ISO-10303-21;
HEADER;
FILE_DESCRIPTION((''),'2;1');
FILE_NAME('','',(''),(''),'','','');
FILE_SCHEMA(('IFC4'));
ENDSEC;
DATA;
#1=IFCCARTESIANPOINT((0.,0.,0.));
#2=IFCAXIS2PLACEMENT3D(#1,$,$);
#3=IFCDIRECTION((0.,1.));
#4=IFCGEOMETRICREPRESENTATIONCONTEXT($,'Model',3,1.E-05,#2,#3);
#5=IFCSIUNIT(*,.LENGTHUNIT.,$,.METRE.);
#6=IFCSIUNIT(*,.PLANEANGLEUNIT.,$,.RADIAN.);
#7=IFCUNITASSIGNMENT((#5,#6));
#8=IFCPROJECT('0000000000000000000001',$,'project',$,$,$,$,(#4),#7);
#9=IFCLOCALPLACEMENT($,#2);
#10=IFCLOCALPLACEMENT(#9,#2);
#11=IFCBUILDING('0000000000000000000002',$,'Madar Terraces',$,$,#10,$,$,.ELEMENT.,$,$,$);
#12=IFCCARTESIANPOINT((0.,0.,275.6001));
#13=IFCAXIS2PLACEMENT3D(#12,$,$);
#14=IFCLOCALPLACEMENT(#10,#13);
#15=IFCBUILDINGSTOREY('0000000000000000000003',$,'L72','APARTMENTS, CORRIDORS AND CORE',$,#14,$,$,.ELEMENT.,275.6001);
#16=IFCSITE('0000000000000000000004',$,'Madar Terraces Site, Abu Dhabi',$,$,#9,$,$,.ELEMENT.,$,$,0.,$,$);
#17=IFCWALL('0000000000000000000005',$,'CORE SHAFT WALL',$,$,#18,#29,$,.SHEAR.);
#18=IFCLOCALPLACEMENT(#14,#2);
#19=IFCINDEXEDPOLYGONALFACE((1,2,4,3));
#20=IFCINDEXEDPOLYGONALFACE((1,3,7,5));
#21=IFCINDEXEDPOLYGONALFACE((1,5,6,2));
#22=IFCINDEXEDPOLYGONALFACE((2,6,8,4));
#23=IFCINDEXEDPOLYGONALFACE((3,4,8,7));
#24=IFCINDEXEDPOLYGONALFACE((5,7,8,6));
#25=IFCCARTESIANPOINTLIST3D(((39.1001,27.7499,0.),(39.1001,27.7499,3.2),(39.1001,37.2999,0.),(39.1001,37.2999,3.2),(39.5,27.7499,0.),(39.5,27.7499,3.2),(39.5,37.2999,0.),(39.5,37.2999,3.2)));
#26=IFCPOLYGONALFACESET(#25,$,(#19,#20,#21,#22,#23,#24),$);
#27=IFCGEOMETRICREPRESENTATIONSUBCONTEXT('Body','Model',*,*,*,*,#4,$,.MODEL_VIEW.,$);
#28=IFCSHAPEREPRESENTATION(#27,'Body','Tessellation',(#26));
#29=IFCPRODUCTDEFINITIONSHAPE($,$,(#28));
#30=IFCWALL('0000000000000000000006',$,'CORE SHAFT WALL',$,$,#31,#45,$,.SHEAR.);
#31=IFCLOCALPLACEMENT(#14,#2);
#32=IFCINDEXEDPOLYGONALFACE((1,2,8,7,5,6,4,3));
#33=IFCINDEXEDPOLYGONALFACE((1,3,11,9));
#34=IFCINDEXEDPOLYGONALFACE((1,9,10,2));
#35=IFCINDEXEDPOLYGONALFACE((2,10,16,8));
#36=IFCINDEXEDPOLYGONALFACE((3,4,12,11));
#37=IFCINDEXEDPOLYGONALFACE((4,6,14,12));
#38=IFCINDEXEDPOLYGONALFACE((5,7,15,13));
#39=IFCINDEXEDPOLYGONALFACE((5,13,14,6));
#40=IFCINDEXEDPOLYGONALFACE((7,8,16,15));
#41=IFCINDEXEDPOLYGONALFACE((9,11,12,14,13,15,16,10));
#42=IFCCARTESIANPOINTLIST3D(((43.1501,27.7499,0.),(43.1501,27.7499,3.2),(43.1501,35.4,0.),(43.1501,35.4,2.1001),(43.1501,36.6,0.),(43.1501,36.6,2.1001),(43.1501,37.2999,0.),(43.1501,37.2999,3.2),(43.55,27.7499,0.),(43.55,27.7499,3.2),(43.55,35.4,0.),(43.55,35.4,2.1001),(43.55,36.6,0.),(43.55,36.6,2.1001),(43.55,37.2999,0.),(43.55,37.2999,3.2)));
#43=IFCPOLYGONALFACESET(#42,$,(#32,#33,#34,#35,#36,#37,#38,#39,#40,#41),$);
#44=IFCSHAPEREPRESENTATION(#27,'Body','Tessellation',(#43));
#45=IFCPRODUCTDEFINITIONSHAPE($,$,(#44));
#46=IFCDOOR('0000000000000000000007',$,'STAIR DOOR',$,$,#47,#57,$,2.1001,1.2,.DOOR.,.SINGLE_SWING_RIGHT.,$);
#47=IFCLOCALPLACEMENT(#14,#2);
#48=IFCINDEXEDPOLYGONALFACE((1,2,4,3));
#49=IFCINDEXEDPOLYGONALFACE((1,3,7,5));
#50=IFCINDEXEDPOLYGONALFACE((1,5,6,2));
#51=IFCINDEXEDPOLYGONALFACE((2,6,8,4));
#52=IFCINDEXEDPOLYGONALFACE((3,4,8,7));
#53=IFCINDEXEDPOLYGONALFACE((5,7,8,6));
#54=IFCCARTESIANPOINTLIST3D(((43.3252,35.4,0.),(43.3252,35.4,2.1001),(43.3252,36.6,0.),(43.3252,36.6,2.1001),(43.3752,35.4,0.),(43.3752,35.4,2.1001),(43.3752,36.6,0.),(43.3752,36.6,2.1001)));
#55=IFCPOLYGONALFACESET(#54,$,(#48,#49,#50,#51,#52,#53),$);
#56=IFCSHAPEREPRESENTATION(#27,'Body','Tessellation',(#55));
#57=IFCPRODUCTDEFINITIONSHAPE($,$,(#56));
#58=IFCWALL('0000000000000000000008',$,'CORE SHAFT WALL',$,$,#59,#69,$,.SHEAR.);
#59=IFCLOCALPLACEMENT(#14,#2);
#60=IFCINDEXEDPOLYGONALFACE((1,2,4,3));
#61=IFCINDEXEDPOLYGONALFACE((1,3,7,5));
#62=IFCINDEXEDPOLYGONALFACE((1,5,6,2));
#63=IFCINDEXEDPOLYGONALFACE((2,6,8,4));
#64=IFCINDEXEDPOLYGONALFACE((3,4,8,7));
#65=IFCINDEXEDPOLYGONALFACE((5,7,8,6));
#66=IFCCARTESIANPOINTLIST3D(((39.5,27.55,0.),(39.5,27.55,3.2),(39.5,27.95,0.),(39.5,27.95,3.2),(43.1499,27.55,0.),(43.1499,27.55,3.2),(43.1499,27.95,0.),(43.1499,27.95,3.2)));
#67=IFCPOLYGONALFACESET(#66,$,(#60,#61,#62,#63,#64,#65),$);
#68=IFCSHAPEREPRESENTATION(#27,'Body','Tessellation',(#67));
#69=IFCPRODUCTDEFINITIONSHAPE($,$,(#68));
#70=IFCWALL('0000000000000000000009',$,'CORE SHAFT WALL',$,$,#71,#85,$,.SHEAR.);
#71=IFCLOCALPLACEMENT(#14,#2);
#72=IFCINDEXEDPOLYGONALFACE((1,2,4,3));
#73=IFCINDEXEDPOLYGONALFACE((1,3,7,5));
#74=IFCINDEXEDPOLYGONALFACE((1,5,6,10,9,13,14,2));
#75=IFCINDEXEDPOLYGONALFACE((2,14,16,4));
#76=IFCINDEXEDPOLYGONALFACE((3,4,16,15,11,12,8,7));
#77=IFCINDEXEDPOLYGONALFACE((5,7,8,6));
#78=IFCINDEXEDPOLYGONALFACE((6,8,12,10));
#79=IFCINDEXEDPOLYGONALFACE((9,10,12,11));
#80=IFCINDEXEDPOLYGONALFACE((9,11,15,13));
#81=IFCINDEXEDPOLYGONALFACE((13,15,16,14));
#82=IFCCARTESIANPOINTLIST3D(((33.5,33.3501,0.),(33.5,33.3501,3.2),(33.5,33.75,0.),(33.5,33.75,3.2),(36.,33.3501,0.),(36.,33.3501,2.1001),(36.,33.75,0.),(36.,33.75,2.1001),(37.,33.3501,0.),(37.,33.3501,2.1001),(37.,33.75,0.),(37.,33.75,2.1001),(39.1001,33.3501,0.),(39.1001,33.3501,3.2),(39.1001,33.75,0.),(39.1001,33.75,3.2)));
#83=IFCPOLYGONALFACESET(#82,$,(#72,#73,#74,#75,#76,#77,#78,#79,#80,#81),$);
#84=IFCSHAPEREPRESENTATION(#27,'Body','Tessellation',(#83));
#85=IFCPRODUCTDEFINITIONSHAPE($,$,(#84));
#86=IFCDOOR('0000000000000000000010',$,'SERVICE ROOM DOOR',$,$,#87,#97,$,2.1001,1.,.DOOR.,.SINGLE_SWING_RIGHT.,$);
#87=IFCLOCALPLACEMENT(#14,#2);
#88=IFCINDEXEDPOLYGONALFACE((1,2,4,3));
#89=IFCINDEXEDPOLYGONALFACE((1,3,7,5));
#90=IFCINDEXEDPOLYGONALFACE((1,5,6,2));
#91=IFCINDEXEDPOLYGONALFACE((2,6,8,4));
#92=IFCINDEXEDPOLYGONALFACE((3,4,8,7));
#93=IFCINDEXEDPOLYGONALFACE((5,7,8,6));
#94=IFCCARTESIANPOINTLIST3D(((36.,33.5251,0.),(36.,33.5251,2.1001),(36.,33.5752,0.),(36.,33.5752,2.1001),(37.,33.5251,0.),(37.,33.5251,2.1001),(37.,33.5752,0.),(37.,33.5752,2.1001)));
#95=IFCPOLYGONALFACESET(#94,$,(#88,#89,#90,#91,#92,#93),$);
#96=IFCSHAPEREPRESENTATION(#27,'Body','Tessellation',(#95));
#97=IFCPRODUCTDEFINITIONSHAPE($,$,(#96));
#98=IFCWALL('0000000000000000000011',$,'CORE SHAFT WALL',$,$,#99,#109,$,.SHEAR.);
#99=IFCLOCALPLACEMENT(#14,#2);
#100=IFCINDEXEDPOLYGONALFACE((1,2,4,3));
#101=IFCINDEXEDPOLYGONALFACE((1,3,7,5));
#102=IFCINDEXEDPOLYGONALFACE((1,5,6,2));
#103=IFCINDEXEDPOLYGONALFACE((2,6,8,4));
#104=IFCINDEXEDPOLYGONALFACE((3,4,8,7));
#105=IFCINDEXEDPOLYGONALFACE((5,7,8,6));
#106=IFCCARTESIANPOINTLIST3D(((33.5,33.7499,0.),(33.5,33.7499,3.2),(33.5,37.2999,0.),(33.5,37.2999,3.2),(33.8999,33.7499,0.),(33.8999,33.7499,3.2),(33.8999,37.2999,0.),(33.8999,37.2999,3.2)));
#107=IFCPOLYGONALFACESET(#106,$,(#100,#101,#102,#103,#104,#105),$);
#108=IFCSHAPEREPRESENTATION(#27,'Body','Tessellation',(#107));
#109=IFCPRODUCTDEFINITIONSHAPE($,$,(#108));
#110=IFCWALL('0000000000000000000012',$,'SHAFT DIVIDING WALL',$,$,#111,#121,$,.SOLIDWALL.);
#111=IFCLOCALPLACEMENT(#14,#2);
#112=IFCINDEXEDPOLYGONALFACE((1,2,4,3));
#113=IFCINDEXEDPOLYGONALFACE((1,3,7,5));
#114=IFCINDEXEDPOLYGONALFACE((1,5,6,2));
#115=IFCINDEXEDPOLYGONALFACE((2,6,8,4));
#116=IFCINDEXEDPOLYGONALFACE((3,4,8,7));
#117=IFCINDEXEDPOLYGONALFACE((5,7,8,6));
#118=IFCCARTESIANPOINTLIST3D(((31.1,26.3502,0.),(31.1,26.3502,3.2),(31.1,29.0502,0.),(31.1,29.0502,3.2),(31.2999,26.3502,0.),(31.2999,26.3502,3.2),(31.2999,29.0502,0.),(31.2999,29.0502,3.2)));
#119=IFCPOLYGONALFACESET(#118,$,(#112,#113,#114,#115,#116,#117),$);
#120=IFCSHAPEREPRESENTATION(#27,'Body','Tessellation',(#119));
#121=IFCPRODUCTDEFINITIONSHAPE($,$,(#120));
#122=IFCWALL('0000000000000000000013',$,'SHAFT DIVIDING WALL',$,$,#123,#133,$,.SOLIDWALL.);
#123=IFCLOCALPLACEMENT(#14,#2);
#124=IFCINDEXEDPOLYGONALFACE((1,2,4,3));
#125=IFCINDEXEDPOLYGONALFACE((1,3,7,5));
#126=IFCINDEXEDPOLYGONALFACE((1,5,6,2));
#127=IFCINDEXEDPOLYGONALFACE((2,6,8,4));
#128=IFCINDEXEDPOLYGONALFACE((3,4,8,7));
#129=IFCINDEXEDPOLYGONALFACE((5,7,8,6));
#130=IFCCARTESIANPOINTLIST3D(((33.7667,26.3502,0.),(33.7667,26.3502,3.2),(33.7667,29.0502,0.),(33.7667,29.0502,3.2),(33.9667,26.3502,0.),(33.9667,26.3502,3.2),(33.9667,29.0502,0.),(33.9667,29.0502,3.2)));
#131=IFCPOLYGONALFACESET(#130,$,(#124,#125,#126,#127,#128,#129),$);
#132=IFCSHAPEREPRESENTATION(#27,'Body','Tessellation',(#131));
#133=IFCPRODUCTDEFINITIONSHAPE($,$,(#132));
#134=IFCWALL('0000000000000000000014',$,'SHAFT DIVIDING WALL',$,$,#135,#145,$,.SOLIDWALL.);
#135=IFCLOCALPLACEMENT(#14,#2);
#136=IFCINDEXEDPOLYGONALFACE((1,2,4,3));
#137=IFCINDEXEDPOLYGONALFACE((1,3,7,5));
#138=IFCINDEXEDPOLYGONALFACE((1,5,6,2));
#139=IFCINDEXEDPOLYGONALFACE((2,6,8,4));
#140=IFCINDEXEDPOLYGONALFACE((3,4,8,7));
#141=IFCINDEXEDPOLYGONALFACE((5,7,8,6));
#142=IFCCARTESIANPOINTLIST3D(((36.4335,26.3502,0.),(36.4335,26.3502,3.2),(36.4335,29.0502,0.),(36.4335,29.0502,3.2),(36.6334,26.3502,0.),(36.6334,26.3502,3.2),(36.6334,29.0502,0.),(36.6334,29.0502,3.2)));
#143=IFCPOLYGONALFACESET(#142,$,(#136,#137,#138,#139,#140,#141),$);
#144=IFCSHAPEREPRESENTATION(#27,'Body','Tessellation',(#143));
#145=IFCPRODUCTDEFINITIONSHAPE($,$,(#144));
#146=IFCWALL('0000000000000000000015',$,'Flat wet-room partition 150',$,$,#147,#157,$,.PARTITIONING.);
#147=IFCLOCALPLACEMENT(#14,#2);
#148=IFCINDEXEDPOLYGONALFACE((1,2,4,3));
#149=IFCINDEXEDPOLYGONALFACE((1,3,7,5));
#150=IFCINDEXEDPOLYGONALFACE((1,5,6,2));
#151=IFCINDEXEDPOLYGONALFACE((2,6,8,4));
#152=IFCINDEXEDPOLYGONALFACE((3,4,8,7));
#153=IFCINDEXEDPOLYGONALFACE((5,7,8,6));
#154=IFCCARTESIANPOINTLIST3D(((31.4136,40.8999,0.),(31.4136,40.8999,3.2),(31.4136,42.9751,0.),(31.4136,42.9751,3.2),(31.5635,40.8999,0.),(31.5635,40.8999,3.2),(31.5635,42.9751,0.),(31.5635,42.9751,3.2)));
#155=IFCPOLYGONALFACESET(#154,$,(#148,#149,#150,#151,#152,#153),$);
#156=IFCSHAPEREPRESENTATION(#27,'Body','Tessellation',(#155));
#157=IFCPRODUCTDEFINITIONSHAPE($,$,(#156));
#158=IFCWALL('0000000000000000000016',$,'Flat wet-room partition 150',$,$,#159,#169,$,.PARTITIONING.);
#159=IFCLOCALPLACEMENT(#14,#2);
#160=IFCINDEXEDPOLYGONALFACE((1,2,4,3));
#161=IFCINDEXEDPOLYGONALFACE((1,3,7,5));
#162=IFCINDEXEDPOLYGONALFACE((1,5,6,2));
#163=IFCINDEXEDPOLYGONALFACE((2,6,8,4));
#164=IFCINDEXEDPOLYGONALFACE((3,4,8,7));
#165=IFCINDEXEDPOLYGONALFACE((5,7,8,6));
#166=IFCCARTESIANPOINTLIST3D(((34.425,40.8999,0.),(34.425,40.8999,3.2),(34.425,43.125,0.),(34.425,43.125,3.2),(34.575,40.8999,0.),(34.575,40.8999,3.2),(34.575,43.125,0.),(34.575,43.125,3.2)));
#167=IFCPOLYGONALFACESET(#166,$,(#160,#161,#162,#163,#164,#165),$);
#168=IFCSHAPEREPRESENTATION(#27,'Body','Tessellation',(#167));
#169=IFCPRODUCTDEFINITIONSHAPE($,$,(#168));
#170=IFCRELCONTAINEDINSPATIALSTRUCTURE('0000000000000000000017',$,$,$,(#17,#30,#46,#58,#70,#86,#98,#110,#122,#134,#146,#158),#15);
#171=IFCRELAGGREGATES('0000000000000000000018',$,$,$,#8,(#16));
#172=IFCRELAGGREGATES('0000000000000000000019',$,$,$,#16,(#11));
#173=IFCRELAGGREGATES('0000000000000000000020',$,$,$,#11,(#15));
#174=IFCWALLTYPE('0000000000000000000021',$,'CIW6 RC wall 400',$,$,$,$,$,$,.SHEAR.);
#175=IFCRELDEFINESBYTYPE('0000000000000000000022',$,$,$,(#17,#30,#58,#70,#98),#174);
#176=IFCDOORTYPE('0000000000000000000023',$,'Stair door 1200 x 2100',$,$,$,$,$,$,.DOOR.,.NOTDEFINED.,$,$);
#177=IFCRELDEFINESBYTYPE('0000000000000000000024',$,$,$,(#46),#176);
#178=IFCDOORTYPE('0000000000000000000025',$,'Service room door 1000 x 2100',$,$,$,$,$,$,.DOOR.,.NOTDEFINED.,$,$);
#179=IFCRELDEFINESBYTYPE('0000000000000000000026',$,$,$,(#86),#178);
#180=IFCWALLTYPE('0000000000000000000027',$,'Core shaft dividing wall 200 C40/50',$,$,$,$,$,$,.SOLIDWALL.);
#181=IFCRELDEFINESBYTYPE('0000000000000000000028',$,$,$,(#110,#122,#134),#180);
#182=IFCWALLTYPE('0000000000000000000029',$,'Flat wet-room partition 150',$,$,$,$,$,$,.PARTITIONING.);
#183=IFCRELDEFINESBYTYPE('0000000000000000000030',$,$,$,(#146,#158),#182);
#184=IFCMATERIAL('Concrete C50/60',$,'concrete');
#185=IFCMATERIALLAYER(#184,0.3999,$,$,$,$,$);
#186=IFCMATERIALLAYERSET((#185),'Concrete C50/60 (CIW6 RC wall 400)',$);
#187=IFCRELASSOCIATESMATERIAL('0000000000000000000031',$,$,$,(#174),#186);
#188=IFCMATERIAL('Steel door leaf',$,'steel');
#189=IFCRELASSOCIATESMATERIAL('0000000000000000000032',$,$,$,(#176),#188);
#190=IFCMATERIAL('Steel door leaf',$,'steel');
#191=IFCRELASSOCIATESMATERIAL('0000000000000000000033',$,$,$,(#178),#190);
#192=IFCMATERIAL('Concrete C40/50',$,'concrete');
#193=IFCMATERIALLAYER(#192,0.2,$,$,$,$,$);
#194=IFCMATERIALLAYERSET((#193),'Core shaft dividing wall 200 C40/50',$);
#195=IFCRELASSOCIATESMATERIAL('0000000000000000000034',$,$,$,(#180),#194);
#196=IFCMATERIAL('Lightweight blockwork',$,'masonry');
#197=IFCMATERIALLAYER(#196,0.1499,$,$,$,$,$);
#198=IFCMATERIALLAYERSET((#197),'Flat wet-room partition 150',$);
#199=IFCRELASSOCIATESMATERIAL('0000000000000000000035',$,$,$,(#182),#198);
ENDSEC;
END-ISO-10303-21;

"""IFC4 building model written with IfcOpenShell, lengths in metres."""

from ifc_helpers import new_model, si_unit, direction, frame, frame_2d, origin, place, context, subcontext, project, spatial, rectangle, extrude, material, layer, layer_set, type_object, element, fill, save


model = new_model("IFC4")

# Units and contexts
model_context = context("Model", 3, precision=1e-05, world=origin(), true_north=direction((0.0, 1.0)))
body_context = subcontext(model_context, "Body", "Model", "MODEL_VIEW")
ifc_project = project(units=[si_unit("LENGTHUNIT", "METRE"), si_unit("PLANEANGLEUNIT", "RADIAN")], contexts=[model_context])

# Site, building, storey
site_placement = place(None, origin())
site = spatial("IfcSite", under=ifc_project, at=site_placement, Name="Madar Terraces Site, Abu Dhabi", CompositionType="ELEMENT", RefElevation=0.0)
building_placement = place(site_placement, origin())
building = spatial("IfcBuilding", under=site, at=building_placement, Name="Madar Terraces", CompositionType="ELEMENT")
storey_placement = place(building_placement, frame((0.0, 0.0, 275.6001)))
storey = spatial("IfcBuildingStorey", under=building, at=storey_placement, Name="L72", Description="APARTMENTS, CORRIDORS AND CORE", CompositionType="ELEMENT", Elevation=275.6001)

# Wall
ifc_material_1 = material(Name="Concrete C50/60", Category="concrete")
ifc_layer_1 = layer(ifc_material_1, 0.3999)
ifc_layer_set_1 = layer_set([ifc_layer_1], Name="Concrete C50/60 (CIW6 RC wall 400)")
wall_type_1 = type_object("IfcWallType", Name="CIW6 RC wall 400", PredefinedType="SHEAR", material=ifc_layer_set_1)
wall_1_placement = place(storey_placement, frame((39.3, 27.75, 0.0), z_axis=(0.0, 0.0, 1.0), x_axis=(0.0, 1.0, 0.0)))
element("IfcWall", 1, at=wall_1_placement, inside=storey, type_object=wall_type_1, Name="CORE SHAFT WALL", PredefinedType="SHEAR", context=body_context, shape_type="SweptSolid", body=[
    extrude(rectangle(XDim=9.55, YDim=0.3999, at=frame_2d((4.7749, 0.0))), origin(), (0.0, 0.0, 1.0), 3.2),
])

# Wall, opening, door
wall_2_placement = place(storey_placement, frame((43.3501, 27.75, 0.0), z_axis=(0.0, 0.0, 1.0), x_axis=(0.0, 1.0, 0.0)))
wall_2 = element("IfcWall", 2, at=wall_2_placement, inside=storey, type_object=wall_type_1, Name="CORE SHAFT WALL", PredefinedType="SHEAR", context=body_context, shape_type="SweptSolid", body=[
    extrude(rectangle(XDim=9.55, YDim=0.3999, at=frame_2d((4.7749, 0.0))), origin(), (0.0, 0.0, 1.0), 3.2),
])
opening_1_placement = place(wall_2_placement, frame((7.6499, 0.0, 0.0)))
opening_1 = element("IfcOpeningElement", 3, at=opening_1_placement, cuts=wall_2, PredefinedType="OPENING", context=body_context, shape_type="SweptSolid", body=[
    extrude(rectangle(XDim=1.2, YDim=2.1001, at=frame_2d((0.6001, 1.05))), frame((0.0, 0.21, 0.0), z_axis=(0.0, -1.0, 0.0), x_axis=(1.0, 0.0, 0.0)), (0.0, 0.0, 1.0), 0.4199),
])
ifc_material_2 = material(Name="Steel door leaf", Category="steel")
door_type_1 = type_object("IfcDoorType", Name="Stair door 1200 x 2100", OperationType="NOTDEFINED", PredefinedType="DOOR", material=ifc_material_2)
door_1_placement = place(opening_1_placement, origin())
door_1 = element("IfcDoor", 4, at=door_1_placement, inside=storey, type_object=door_type_1, Name="STAIR DOOR", OperationType="SINGLE_SWING_RIGHT", OverallHeight=2.1001, OverallWidth=1.2, PredefinedType="DOOR", context=body_context, shape_type="SweptSolid", body=[
    extrude(rectangle(XDim=1.2, YDim=2.1001, at=frame_2d((0.6001, 1.05))), frame((0.0, 0.0249, 0.0), z_axis=(0.0, -1.0, 0.0), x_axis=(1.0, 0.0, 0.0)), (0.0, 0.0, 1.0), 0.05),
])
fill(opening_1, door_1)

# Wall
wall_3_placement = place(storey_placement, frame((39.5, 27.75, 0.0), z_axis=(0.0, 0.0, 1.0), x_axis=(1.0, 0.0, 0.0)))
element("IfcWall", 5, at=wall_3_placement, inside=storey, type_object=wall_type_1, Name="CORE SHAFT WALL", PredefinedType="SHEAR", context=body_context, shape_type="SweptSolid", body=[
    extrude(rectangle(XDim=3.6499, YDim=0.3999, at=frame_2d((1.825, 0.0))), origin(), (0.0, 0.0, 1.0), 3.2),
])

# Wall, opening, door
wall_4_placement = place(storey_placement, frame((33.5, 33.55, 0.0), z_axis=(0.0, 0.0, 1.0), x_axis=(1.0, 0.0, 0.0)))
wall_4 = element("IfcWall", 6, at=wall_4_placement, inside=storey, type_object=wall_type_1, Name="CORE SHAFT WALL", PredefinedType="SHEAR", context=body_context, shape_type="SweptSolid", body=[
    extrude(rectangle(XDim=5.6001, YDim=0.3999, at=frame_2d((2.8, 0.0))), origin(), (0.0, 0.0, 1.0), 3.2),
])
opening_2_placement = place(wall_4_placement, frame((2.5, 0.0, 0.0)))
opening_2 = element("IfcOpeningElement", 7, at=opening_2_placement, cuts=wall_4, PredefinedType="OPENING", context=body_context, shape_type="SweptSolid", body=[
    extrude(rectangle(XDim=1.0, YDim=2.1001, at=frame_2d((0.5, 1.05))), frame((0.0, 0.21, 0.0), z_axis=(0.0, -1.0, 0.0), x_axis=(1.0, 0.0, 0.0)), (0.0, 0.0, 1.0), 0.4199),
])
ifc_material_3 = material(Name="Steel door leaf", Category="steel")
door_type_2 = type_object("IfcDoorType", Name="Service room door 1000 x 2100", OperationType="NOTDEFINED", PredefinedType="DOOR", material=ifc_material_3)
door_2_placement = place(opening_2_placement, frame((1.0, 0.0, 0.0), z_axis=(0.0, 0.0, 1.0), x_axis=(-1.0, 0.0, 0.0)))
door_2 = element("IfcDoor", 8, at=door_2_placement, inside=storey, type_object=door_type_2, Name="SERVICE ROOM DOOR", OperationType="SINGLE_SWING_RIGHT", OverallHeight=2.1001, OverallWidth=1.0, PredefinedType="DOOR", context=body_context, shape_type="SweptSolid", body=[
    extrude(rectangle(XDim=1.0, YDim=2.1001, at=frame_2d((0.5, 1.05))), frame((0.0, 0.0249, 0.0), z_axis=(0.0, -1.0, 0.0), x_axis=(1.0, 0.0, 0.0)), (0.0, 0.0, 1.0), 0.05),
])
fill(opening_2, door_2)

# Walls
wall_5_placement = place(storey_placement, frame((33.7, 33.75, 0.0), z_axis=(0.0, 0.0, 1.0), x_axis=(0.0, 1.0, 0.0)))
element("IfcWall", 9, at=wall_5_placement, inside=storey, type_object=wall_type_1, Name="CORE SHAFT WALL", PredefinedType="SHEAR", context=body_context, shape_type="SweptSolid", body=[
    extrude(rectangle(XDim=3.55, YDim=0.3999, at=frame_2d((1.7749, 0.0))), origin(), (0.0, 0.0, 1.0), 3.2),
])
ifc_material_4 = material(Name="Concrete C40/50", Category="concrete")
ifc_layer_2 = layer(ifc_material_4, 0.2)
ifc_layer_set_2 = layer_set([ifc_layer_2], Name="Core shaft dividing wall 200 C40/50")
wall_type_2 = type_object("IfcWallType", Name="Core shaft dividing wall 200 C40/50", PredefinedType="SOLIDWALL", material=ifc_layer_set_2)
for number, where, z_axis, x_axis, name in (
    (10, (31.2, 26.3501, 0.0), (0.0, 0.0, 1.0), (0.0, 1.0, 0.0), "SHAFT DIVIDING WALL"),
    (11, (33.8667, 26.3501, 0.0), (0.0, 0.0, 1.0), (0.0, 1.0, 0.0), "SHAFT DIVIDING WALL"),
    (12, (36.5334, 26.3501, 0.0), (0.0, 0.0, 1.0), (0.0, 1.0, 0.0), "SHAFT DIVIDING WALL"),
):
    element("IfcWall", number, at=place(storey_placement, frame(where, z_axis=z_axis, x_axis=x_axis)), inside=storey, type_object=wall_type_2, Name=name, PredefinedType="SOLIDWALL", context=body_context, shape_type="SweptSolid", body=[
        extrude(rectangle(XDim=2.7, YDim=0.2, at=frame_2d((1.3501, 0.0))), origin(), (0.0, 0.0, 1.0), 3.2),
    ])
ifc_material_5 = material(Name="Lightweight blockwork", Category="masonry")
ifc_layer_3 = layer(ifc_material_5, 0.1499)
ifc_layer_set_3 = layer_set([ifc_layer_3], Name="Flat wet-room partition 150")
wall_type_3 = type_object("IfcWallType", Name="Flat wet-room partition 150", PredefinedType="PARTITIONING", material=ifc_layer_set_3)
wall_6_placement = place(storey_placement, frame((31.4885, 40.8999, 0.0), z_axis=(0.0, 0.0, 1.0), x_axis=(0.0, 1.0, 0.0)))
element("IfcWall", 13, at=wall_6_placement, inside=storey, type_object=wall_type_3, Name="Flat wet-room partition 150", PredefinedType="PARTITIONING", context=body_context, shape_type="SweptSolid", body=[
    extrude(rectangle(XDim=2.0752, YDim=0.1499, at=frame_2d((1.0376, 0.0))), origin(), (0.0, 0.0, 1.0), 3.2),
])
wall_7_placement = place(storey_placement, frame((34.5, 40.8999, 0.0), z_axis=(0.0, 0.0, 1.0), x_axis=(0.0, 1.0, 0.0)))
element("IfcWall", 14, at=wall_7_placement, inside=storey, type_object=wall_type_3, Name="Flat wet-room partition 150", PredefinedType="PARTITIONING", context=body_context, shape_type="SweptSolid", body=[
    extrude(rectangle(XDim=2.2251, YDim=0.1499, at=frame_2d((1.1125, 0.0))), origin(), (0.0, 0.0, 1.0), 3.2),
])

save(model, "model.ifc")
